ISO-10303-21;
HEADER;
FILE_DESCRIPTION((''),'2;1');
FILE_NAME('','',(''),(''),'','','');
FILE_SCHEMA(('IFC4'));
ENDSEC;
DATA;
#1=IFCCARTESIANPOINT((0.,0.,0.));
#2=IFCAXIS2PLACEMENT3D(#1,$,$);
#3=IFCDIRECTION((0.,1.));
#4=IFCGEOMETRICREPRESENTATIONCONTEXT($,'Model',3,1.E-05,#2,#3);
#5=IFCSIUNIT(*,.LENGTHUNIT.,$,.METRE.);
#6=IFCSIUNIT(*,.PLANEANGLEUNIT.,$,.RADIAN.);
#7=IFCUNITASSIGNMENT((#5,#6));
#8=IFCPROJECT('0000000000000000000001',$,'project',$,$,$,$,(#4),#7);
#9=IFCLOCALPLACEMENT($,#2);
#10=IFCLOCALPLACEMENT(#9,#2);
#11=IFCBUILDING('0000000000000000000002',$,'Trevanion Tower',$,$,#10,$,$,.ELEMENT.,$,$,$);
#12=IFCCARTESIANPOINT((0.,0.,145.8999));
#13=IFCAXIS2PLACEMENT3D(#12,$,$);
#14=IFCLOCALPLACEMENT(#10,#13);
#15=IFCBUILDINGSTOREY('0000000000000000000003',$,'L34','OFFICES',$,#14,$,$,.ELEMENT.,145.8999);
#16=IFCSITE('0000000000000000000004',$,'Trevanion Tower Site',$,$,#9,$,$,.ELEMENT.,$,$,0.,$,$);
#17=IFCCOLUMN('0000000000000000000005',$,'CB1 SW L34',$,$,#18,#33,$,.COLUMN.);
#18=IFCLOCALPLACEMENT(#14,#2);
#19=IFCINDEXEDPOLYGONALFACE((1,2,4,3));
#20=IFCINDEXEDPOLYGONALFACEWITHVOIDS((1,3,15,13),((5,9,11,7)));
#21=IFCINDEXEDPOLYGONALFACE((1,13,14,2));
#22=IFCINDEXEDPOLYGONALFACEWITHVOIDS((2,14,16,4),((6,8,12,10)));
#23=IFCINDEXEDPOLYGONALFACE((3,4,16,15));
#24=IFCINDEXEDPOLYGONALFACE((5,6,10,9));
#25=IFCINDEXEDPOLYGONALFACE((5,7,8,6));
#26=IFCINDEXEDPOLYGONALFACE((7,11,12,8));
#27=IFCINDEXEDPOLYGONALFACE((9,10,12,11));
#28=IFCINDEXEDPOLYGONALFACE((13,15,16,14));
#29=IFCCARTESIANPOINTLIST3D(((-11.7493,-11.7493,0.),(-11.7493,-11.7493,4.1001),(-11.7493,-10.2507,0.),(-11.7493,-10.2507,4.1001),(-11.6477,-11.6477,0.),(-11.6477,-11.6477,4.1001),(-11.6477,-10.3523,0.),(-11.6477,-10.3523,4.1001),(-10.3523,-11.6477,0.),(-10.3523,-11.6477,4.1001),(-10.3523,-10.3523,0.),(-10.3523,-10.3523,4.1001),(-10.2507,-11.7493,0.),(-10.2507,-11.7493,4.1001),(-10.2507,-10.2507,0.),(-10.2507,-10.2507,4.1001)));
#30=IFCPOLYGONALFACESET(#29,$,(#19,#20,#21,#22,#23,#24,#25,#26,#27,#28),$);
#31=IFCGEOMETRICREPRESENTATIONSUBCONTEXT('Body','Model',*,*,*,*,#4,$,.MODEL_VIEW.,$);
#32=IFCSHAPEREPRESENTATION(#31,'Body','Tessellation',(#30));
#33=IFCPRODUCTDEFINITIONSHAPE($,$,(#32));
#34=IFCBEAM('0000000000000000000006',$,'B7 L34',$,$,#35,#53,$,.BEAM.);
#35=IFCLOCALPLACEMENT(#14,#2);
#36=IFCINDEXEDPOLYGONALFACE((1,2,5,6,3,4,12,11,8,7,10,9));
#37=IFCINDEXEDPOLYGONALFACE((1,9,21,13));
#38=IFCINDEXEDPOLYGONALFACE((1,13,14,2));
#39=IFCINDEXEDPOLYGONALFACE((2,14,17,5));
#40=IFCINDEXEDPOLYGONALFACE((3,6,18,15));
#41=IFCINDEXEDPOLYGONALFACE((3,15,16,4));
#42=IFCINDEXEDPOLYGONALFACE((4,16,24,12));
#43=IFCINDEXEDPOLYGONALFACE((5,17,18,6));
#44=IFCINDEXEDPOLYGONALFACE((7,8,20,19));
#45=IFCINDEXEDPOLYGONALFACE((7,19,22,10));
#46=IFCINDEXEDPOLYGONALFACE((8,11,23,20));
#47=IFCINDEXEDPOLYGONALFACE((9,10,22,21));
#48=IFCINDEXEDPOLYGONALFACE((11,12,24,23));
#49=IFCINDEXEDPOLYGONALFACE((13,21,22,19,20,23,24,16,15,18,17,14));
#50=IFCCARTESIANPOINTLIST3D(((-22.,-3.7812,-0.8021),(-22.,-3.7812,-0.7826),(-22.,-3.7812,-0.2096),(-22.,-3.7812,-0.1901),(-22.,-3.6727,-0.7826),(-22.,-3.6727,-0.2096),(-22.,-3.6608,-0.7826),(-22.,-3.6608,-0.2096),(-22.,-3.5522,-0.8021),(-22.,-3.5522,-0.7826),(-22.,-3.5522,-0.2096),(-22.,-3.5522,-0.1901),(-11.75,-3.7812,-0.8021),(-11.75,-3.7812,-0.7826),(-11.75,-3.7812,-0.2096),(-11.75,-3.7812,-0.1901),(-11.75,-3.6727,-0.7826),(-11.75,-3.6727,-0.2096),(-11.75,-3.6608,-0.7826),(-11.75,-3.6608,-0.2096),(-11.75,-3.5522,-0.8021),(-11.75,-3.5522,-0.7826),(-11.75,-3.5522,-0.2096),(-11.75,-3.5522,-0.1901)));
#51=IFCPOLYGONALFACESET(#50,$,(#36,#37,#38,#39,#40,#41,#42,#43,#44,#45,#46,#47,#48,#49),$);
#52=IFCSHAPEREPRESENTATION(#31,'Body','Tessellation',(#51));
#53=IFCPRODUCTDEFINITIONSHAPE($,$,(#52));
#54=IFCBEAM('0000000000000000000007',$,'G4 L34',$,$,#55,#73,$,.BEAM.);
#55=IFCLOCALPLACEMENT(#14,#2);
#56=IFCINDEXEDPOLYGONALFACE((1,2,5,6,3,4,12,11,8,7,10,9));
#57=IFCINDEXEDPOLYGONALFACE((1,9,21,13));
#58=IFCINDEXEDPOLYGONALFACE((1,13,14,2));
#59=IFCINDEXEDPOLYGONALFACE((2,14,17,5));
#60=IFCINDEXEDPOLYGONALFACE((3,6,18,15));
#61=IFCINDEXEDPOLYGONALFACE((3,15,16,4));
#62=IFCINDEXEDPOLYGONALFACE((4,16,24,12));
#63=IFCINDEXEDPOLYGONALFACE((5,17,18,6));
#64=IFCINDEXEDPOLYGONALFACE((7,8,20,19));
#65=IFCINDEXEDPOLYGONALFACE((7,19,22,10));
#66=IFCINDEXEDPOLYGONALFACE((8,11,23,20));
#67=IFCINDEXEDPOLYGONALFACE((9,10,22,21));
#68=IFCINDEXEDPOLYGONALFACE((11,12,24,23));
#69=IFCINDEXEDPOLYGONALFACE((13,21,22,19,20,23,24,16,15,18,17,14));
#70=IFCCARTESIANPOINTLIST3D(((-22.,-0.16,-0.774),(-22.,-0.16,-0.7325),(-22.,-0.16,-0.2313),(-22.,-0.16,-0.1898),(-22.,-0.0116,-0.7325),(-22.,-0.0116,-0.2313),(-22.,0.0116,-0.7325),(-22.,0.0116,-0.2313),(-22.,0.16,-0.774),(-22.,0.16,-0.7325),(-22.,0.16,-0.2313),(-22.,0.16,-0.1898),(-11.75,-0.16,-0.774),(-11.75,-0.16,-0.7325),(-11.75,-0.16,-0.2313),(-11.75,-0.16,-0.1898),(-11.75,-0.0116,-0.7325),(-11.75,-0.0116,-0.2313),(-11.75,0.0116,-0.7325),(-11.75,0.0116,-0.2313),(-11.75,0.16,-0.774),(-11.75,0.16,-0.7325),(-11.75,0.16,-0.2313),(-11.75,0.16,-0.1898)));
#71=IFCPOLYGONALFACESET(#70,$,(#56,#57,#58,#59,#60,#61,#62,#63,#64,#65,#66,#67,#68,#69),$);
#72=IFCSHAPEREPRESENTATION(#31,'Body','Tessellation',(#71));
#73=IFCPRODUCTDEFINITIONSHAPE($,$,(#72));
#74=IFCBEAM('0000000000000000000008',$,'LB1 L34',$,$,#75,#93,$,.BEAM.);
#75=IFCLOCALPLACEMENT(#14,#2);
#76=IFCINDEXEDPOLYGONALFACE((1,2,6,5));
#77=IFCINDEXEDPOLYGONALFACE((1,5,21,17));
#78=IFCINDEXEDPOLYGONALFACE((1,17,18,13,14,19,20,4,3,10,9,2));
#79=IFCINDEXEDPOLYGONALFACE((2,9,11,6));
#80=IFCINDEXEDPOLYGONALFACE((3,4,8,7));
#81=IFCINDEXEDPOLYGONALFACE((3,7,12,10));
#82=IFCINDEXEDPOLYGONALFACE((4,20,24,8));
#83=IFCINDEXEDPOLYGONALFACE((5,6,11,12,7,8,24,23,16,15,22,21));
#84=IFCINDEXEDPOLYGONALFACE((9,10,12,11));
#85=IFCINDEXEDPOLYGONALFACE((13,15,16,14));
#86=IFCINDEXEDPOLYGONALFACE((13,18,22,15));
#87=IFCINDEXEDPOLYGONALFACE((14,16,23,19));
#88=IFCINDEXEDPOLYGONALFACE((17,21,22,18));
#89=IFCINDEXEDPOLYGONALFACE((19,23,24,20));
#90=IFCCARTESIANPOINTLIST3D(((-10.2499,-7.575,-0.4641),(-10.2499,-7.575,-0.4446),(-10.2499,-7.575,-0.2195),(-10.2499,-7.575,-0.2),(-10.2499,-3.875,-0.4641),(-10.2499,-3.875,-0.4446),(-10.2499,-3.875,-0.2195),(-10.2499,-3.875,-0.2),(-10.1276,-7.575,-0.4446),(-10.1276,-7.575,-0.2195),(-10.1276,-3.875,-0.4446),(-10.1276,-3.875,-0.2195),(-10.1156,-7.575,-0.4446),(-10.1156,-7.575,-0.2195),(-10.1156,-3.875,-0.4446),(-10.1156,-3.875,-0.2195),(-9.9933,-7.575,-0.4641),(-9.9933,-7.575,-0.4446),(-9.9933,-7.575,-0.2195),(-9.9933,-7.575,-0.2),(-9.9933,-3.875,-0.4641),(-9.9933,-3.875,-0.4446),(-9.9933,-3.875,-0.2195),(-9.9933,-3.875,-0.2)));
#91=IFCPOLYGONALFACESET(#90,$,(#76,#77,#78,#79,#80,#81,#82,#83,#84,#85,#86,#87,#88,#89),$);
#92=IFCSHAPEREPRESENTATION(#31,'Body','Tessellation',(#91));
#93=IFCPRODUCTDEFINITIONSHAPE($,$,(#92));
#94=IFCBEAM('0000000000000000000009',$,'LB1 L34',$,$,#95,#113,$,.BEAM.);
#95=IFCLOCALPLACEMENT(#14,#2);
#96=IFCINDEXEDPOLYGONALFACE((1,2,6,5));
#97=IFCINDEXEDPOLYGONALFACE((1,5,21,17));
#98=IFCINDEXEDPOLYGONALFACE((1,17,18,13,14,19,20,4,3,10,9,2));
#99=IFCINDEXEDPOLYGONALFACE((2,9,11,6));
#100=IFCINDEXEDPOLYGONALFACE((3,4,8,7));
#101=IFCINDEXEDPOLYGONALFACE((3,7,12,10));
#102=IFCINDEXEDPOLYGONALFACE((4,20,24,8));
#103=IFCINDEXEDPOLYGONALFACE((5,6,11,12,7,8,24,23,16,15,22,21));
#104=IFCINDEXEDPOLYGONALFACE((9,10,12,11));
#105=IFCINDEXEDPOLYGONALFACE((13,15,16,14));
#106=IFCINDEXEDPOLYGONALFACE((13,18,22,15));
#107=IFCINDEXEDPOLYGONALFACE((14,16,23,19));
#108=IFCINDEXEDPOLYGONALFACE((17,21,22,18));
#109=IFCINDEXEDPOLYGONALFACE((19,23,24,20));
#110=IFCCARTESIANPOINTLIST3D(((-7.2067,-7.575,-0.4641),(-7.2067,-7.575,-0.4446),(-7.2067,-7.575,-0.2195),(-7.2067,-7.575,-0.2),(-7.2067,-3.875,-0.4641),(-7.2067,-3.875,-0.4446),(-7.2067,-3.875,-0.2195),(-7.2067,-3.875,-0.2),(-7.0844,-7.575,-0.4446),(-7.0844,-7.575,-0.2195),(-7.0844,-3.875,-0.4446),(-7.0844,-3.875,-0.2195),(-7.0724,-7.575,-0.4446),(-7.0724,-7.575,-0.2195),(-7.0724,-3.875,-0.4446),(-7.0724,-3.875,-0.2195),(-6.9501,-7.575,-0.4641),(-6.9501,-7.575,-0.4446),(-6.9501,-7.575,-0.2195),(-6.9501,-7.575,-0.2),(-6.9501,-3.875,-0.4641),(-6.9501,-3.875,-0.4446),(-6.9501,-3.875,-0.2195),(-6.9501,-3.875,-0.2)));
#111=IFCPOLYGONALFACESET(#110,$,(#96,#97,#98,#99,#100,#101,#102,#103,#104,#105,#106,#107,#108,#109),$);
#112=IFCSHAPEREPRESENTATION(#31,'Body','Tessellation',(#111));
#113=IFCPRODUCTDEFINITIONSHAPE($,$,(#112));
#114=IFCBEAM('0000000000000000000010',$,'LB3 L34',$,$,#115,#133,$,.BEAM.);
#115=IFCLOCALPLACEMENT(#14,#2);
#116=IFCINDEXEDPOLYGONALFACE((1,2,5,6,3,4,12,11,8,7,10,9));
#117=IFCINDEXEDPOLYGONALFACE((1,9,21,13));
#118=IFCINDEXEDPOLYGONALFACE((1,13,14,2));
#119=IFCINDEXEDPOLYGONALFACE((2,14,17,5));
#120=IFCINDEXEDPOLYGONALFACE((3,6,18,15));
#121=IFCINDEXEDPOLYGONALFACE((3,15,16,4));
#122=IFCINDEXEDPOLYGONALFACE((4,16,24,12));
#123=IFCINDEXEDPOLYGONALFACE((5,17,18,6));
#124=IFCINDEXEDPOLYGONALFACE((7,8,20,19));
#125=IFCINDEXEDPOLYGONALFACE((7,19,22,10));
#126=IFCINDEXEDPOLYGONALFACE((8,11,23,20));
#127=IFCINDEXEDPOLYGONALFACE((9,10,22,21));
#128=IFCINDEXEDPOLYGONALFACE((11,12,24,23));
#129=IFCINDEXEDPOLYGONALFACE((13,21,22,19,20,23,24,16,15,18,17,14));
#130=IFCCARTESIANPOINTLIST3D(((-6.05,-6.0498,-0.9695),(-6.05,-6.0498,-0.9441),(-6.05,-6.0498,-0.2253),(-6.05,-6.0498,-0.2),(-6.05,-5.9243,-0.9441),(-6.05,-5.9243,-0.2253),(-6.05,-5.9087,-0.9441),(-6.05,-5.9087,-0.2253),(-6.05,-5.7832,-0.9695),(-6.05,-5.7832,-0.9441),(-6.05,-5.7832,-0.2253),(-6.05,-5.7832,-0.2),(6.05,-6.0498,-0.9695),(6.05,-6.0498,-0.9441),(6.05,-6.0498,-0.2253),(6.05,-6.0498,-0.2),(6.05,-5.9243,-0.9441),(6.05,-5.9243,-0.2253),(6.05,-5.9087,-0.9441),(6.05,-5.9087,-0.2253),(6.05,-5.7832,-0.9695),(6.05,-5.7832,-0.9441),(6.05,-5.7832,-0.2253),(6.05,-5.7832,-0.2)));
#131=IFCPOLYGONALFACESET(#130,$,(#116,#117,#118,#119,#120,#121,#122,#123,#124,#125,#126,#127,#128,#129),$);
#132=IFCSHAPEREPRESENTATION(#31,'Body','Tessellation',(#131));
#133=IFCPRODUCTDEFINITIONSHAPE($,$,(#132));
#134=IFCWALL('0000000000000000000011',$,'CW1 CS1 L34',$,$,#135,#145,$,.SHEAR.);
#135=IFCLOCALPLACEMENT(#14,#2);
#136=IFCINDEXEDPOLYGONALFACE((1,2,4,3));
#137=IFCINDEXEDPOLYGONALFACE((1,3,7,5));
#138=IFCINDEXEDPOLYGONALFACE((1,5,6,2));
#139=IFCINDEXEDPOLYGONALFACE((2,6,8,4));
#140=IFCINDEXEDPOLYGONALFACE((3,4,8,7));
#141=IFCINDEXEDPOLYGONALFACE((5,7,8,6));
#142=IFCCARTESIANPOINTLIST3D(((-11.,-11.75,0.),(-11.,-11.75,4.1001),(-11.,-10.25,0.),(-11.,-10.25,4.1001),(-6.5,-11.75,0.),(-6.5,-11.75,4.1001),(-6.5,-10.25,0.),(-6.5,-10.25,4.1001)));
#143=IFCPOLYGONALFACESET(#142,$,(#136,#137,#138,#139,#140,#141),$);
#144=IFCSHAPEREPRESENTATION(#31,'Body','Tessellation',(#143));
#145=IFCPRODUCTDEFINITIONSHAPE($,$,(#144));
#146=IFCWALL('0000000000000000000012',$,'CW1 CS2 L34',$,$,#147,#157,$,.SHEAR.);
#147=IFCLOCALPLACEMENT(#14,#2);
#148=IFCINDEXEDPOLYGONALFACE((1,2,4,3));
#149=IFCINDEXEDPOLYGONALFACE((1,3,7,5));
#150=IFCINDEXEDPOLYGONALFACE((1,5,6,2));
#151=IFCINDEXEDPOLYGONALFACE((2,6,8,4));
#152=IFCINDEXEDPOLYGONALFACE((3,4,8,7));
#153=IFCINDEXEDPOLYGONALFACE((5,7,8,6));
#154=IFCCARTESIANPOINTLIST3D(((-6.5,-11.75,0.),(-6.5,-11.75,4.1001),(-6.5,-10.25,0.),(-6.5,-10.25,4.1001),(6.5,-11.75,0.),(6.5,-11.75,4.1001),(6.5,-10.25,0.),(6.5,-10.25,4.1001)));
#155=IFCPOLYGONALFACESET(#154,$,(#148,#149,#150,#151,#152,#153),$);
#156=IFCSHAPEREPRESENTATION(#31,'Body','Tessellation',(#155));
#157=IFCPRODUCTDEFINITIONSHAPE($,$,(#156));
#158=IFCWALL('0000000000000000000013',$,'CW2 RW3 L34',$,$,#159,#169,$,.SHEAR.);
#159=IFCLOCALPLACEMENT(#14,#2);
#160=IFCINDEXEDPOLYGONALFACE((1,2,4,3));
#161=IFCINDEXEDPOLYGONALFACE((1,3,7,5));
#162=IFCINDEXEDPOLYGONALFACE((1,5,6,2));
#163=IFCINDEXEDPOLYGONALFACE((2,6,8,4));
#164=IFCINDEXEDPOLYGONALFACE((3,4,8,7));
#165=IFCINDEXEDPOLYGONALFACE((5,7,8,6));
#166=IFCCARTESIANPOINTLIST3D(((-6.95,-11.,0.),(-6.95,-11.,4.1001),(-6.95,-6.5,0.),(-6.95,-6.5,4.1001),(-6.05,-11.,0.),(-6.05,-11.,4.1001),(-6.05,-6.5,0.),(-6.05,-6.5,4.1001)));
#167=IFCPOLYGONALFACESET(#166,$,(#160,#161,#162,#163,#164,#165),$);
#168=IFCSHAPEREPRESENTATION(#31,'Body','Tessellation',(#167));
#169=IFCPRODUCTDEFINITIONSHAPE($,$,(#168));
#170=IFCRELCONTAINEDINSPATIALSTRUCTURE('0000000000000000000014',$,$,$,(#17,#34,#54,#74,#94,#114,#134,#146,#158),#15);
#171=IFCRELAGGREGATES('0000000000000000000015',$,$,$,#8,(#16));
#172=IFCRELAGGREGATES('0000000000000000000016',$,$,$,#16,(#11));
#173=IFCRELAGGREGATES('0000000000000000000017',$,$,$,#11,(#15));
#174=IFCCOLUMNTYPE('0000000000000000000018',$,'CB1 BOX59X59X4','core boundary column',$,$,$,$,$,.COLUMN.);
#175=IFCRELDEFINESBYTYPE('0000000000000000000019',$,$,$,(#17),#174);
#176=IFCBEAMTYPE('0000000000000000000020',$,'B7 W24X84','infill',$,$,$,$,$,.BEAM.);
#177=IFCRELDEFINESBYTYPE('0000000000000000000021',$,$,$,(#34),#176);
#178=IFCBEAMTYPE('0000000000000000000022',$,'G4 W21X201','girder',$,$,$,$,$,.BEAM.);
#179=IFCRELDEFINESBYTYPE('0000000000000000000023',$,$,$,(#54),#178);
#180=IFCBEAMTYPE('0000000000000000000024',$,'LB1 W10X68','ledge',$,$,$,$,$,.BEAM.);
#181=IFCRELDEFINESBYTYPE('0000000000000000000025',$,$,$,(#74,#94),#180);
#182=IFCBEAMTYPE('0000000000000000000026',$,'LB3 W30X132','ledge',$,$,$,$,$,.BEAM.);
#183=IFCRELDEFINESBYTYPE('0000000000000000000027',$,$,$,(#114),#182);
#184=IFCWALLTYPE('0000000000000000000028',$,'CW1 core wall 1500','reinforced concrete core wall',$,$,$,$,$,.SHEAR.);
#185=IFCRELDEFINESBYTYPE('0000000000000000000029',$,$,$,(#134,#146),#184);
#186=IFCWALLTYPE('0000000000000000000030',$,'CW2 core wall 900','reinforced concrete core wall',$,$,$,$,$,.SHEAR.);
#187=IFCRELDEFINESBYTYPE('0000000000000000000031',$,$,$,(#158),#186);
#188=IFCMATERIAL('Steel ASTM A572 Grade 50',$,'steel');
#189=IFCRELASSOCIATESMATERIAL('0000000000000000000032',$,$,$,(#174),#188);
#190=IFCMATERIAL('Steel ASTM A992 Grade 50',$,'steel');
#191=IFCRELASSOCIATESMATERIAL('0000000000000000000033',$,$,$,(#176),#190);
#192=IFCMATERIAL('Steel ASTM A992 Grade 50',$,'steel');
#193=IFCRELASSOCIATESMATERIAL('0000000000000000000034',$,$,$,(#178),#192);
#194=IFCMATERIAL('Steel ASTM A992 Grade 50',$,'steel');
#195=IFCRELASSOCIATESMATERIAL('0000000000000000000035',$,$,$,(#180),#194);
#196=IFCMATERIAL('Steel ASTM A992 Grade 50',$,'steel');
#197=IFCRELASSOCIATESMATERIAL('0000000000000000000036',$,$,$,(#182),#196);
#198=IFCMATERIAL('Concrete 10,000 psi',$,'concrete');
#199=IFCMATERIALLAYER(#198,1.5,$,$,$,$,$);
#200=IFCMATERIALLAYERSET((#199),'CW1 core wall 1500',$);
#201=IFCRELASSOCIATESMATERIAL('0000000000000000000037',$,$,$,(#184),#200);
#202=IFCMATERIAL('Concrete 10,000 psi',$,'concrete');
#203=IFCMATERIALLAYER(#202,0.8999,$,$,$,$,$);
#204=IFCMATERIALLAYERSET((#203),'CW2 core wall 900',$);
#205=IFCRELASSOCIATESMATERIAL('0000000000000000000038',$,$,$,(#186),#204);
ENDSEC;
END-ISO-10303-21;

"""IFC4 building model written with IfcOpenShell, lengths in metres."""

from ifc_helpers import new_model, si_unit, direction, frame, frame_2d, origin, origin_2d, place, context, subcontext, project, spatial, rectangle, hollow_rectangle, i_section, extrude, material, layer, layer_set, material_profile, profile_set, type_object, element, save


model = new_model("IFC4")

# Units and contexts
model_context = context("Model", 3, precision=1e-05, world=origin(), true_north=direction((0.0, 1.0)))
body_context = subcontext(model_context, "Body", "Model", "MODEL_VIEW")
ifc_project = project(units=[si_unit("LENGTHUNIT", "METRE"), si_unit("PLANEANGLEUNIT", "RADIAN")], contexts=[model_context])

# Site, building, storey
site_placement = place(None, origin())
site = spatial("IfcSite", under=ifc_project, at=site_placement, Name="Trevanion Tower Site", CompositionType="ELEMENT", RefElevation=0.0)
building_placement = place(site_placement, origin())
building = spatial("IfcBuilding", under=site, at=building_placement, Name="Trevanion Tower", CompositionType="ELEMENT")
storey_placement = place(building_placement, frame((0.0, 0.0, 145.8999)))
storey = spatial("IfcBuildingStorey", under=building, at=storey_placement, Name="L34", Description="OFFICES", CompositionType="ELEMENT", Elevation=145.8999)

# Column
ifc_material_1 = material(Name="Steel ASTM A572 Grade 50", Category="steel")
ifc_material_profile_1 = material_profile(ifc_material_1, hollow_rectangle(XDim=1.4985, YDim=1.4985, WallThickness=0.1016, at=origin_2d()), Name="BOX59X59X4")
ifc_profile_set_1 = profile_set([ifc_material_profile_1], Name="Steel ASTM A572 Grade 50")
column_type = type_object("IfcColumnType", Name="CB1 BOX59X59X4", Description="core boundary column", PredefinedType="COLUMN", material=ifc_profile_set_1)
column_placement = place(storey_placement, frame((-11.0, -11.0, 0.0), z_axis=(0.0, 0.0, 1.0), x_axis=(1.0, 0.0, 0.0)))
element("IfcColumn", 1, at=column_placement, inside=storey, type_object=column_type, Name="CB1 SW L34", PredefinedType="COLUMN", context=body_context, shape_type="SweptSolid", body=[
    extrude(hollow_rectangle(XDim=1.4985, YDim=1.4985, WallThickness=0.1016, at=origin_2d()), origin(), (0.0, 0.0, 1.0), 4.1001),
])

# Beams
ifc_material_2 = material(Name="Steel ASTM A992 Grade 50", Category="steel")
ifc_material_profile_2 = material_profile(ifc_material_2, i_section(OverallWidth=0.229, OverallDepth=0.6121, WebThickness=0.012, FlangeThickness=0.0195, at=origin_2d()), Name="W24X84")
ifc_profile_set_2 = profile_set([ifc_material_profile_2], Name="Steel ASTM A992 Grade 50")
beam_type_1 = type_object("IfcBeamType", Name="B7 W24X84", Description="infill", PredefinedType="BEAM", material=ifc_profile_set_2)
beam_1_placement = place(storey_placement, frame((-11.75, -3.6667, -0.4961), z_axis=(-1.0, 0.0, 0.0), x_axis=(0.0, -1.0, 0.0)))
element("IfcBeam", 2, at=beam_1_placement, inside=storey, type_object=beam_type_1, Name="B7 L34", PredefinedType="BEAM", context=body_context, shape_type="SweptSolid", body=[
    extrude(i_section(OverallWidth=0.229, OverallDepth=0.6121, WebThickness=0.012, FlangeThickness=0.0195, at=origin_2d()), origin(), (0.0, 0.0, 1.0), 10.25),
])
ifc_material_3 = material(Name="Steel ASTM A992 Grade 50", Category="steel")
ifc_material_profile_3 = material_profile(ifc_material_3, i_section(OverallWidth=0.3201, OverallDepth=0.5842, WebThickness=0.0232, FlangeThickness=0.0415, at=origin_2d()), Name="W21X201")
ifc_profile_set_3 = profile_set([ifc_material_profile_3], Name="Steel ASTM A992 Grade 50")
beam_type_2 = type_object("IfcBeamType", Name="G4 W21X201", Description="girder", PredefinedType="BEAM", material=ifc_profile_set_3)
beam_2_placement = place(storey_placement, frame((-11.75, 0.0, -0.4819), z_axis=(-1.0, 0.0, 0.0), x_axis=(0.0, -1.0, 0.0)))
element("IfcBeam", 3, at=beam_2_placement, inside=storey, type_object=beam_type_2, Name="G4 L34", PredefinedType="BEAM", context=body_context, shape_type="SweptSolid", body=[
    extrude(i_section(OverallWidth=0.3201, OverallDepth=0.5842, WebThickness=0.0232, FlangeThickness=0.0415, at=origin_2d()), origin(), (0.0, 0.0, 1.0), 10.25),
])
ifc_material_4 = material(Name="Steel ASTM A992 Grade 50", Category="steel")
ifc_material_profile_4 = material_profile(ifc_material_4, i_section(OverallWidth=0.2566, OverallDepth=0.2642, WebThickness=0.012, FlangeThickness=0.0195, at=origin_2d()), Name="W10X68")
ifc_profile_set_4 = profile_set([ifc_material_profile_4], Name="Steel ASTM A992 Grade 50")
beam_type_3 = type_object("IfcBeamType", Name="LB1 W10X68", Description="ledge", PredefinedType="BEAM", material=ifc_profile_set_4)
for number, where, z_axis, x_axis, name in (
    (4, (-10.1216, -7.575, -0.332), (0.0, 1.0, 0.0), (-1.0, 0.0, 0.0), "LB1 L34"),
    (5, (-7.0784, -7.575, -0.332), (0.0, 1.0, 0.0), (-1.0, 0.0, 0.0), "LB1 L34"),
):
    element("IfcBeam", number, at=place(storey_placement, frame(where, z_axis=z_axis, x_axis=x_axis)), inside=storey, type_object=beam_type_3, Name=name, PredefinedType="BEAM", context=body_context, shape_type="SweptSolid", body=[
        extrude(i_section(OverallWidth=0.2566, OverallDepth=0.2642, WebThickness=0.012, FlangeThickness=0.0195, at=origin_2d()), origin(), (0.0, 0.0, 1.0), 3.7),
    ])
ifc_material_5 = material(Name="Steel ASTM A992 Grade 50", Category="steel")
ifc_material_profile_5 = material_profile(ifc_material_5, i_section(OverallWidth=0.2666, OverallDepth=0.7695, WebThickness=0.0156, FlangeThickness=0.0254, at=origin_2d()), Name="W30X132")
ifc_profile_set_5 = profile_set([ifc_material_profile_5], Name="Steel ASTM A992 Grade 50")
beam_type_4 = type_object("IfcBeamType", Name="LB3 W30X132", Description="ledge", PredefinedType="BEAM", material=ifc_profile_set_5)
beam_3_placement = place(storey_placement, frame((-6.05, -5.9165, -0.5847), z_axis=(1.0, 0.0, 0.0), x_axis=(0.0, 1.0, 0.0)))
element("IfcBeam", 6, at=beam_3_placement, inside=storey, type_object=beam_type_4, Name="LB3 L34", PredefinedType="BEAM", context=body_context, shape_type="SweptSolid", body=[
    extrude(i_section(OverallWidth=0.2666, OverallDepth=0.7695, WebThickness=0.0156, FlangeThickness=0.0254, at=origin_2d()), origin(), (0.0, 0.0, 1.0), 12.1001),
])

# Walls
ifc_material_6 = material(Name="Concrete 10,000 psi", Category="concrete")
ifc_layer_1 = layer(ifc_material_6, 1.5)
ifc_layer_set_1 = layer_set([ifc_layer_1], Name="CW1 core wall 1500")
wall_type_1 = type_object("IfcWallType", Name="CW1 core wall 1500", Description="reinforced concrete core wall", PredefinedType="SHEAR", material=ifc_layer_set_1)
wall_1_placement = place(storey_placement, frame((-11.0, -11.0, 0.0), z_axis=(0.0, 0.0, 1.0), x_axis=(1.0, 0.0, 0.0)))
element("IfcWall", 7, at=wall_1_placement, inside=storey, type_object=wall_type_1, Name="CW1 CS1 L34", PredefinedType="SHEAR", context=body_context, shape_type="SweptSolid", body=[
    extrude(rectangle(XDim=4.5, YDim=1.5, at=frame_2d((2.25, 0.0))), origin(), (0.0, 0.0, 1.0), 4.1001),
])
wall_2_placement = place(storey_placement, frame((-6.5, -11.0, 0.0), z_axis=(0.0, 0.0, 1.0), x_axis=(1.0, 0.0, 0.0)))
element("IfcWall", 8, at=wall_2_placement, inside=storey, type_object=wall_type_1, Name="CW1 CS2 L34", PredefinedType="SHEAR", context=body_context, shape_type="SweptSolid", body=[
    extrude(rectangle(XDim=13.0, YDim=1.5, at=frame_2d((6.5, 0.0))), origin(), (0.0, 0.0, 1.0), 4.1001),
])
ifc_material_7 = material(Name="Concrete 10,000 psi", Category="concrete")
ifc_layer_2 = layer(ifc_material_7, 0.8999)
ifc_layer_set_2 = layer_set([ifc_layer_2], Name="CW2 core wall 900")
wall_type_2 = type_object("IfcWallType", Name="CW2 core wall 900", Description="reinforced concrete core wall", PredefinedType="SHEAR", material=ifc_layer_set_2)
wall_3_placement = place(storey_placement, frame((-6.5, -6.5, 0.0), z_axis=(0.0, 0.0, 1.0), x_axis=(0.0, -1.0, 0.0)))
element("IfcWall", 9, at=wall_3_placement, inside=storey, type_object=wall_type_2, Name="CW2 RW3 L34", PredefinedType="SHEAR", context=body_context, shape_type="SweptSolid", body=[
    extrude(rectangle(XDim=4.5, YDim=0.8999, at=frame_2d((2.25, 0.0))), origin(), (0.0, 0.0, 1.0), 4.1001),
])

save(model, "model.ifc")
